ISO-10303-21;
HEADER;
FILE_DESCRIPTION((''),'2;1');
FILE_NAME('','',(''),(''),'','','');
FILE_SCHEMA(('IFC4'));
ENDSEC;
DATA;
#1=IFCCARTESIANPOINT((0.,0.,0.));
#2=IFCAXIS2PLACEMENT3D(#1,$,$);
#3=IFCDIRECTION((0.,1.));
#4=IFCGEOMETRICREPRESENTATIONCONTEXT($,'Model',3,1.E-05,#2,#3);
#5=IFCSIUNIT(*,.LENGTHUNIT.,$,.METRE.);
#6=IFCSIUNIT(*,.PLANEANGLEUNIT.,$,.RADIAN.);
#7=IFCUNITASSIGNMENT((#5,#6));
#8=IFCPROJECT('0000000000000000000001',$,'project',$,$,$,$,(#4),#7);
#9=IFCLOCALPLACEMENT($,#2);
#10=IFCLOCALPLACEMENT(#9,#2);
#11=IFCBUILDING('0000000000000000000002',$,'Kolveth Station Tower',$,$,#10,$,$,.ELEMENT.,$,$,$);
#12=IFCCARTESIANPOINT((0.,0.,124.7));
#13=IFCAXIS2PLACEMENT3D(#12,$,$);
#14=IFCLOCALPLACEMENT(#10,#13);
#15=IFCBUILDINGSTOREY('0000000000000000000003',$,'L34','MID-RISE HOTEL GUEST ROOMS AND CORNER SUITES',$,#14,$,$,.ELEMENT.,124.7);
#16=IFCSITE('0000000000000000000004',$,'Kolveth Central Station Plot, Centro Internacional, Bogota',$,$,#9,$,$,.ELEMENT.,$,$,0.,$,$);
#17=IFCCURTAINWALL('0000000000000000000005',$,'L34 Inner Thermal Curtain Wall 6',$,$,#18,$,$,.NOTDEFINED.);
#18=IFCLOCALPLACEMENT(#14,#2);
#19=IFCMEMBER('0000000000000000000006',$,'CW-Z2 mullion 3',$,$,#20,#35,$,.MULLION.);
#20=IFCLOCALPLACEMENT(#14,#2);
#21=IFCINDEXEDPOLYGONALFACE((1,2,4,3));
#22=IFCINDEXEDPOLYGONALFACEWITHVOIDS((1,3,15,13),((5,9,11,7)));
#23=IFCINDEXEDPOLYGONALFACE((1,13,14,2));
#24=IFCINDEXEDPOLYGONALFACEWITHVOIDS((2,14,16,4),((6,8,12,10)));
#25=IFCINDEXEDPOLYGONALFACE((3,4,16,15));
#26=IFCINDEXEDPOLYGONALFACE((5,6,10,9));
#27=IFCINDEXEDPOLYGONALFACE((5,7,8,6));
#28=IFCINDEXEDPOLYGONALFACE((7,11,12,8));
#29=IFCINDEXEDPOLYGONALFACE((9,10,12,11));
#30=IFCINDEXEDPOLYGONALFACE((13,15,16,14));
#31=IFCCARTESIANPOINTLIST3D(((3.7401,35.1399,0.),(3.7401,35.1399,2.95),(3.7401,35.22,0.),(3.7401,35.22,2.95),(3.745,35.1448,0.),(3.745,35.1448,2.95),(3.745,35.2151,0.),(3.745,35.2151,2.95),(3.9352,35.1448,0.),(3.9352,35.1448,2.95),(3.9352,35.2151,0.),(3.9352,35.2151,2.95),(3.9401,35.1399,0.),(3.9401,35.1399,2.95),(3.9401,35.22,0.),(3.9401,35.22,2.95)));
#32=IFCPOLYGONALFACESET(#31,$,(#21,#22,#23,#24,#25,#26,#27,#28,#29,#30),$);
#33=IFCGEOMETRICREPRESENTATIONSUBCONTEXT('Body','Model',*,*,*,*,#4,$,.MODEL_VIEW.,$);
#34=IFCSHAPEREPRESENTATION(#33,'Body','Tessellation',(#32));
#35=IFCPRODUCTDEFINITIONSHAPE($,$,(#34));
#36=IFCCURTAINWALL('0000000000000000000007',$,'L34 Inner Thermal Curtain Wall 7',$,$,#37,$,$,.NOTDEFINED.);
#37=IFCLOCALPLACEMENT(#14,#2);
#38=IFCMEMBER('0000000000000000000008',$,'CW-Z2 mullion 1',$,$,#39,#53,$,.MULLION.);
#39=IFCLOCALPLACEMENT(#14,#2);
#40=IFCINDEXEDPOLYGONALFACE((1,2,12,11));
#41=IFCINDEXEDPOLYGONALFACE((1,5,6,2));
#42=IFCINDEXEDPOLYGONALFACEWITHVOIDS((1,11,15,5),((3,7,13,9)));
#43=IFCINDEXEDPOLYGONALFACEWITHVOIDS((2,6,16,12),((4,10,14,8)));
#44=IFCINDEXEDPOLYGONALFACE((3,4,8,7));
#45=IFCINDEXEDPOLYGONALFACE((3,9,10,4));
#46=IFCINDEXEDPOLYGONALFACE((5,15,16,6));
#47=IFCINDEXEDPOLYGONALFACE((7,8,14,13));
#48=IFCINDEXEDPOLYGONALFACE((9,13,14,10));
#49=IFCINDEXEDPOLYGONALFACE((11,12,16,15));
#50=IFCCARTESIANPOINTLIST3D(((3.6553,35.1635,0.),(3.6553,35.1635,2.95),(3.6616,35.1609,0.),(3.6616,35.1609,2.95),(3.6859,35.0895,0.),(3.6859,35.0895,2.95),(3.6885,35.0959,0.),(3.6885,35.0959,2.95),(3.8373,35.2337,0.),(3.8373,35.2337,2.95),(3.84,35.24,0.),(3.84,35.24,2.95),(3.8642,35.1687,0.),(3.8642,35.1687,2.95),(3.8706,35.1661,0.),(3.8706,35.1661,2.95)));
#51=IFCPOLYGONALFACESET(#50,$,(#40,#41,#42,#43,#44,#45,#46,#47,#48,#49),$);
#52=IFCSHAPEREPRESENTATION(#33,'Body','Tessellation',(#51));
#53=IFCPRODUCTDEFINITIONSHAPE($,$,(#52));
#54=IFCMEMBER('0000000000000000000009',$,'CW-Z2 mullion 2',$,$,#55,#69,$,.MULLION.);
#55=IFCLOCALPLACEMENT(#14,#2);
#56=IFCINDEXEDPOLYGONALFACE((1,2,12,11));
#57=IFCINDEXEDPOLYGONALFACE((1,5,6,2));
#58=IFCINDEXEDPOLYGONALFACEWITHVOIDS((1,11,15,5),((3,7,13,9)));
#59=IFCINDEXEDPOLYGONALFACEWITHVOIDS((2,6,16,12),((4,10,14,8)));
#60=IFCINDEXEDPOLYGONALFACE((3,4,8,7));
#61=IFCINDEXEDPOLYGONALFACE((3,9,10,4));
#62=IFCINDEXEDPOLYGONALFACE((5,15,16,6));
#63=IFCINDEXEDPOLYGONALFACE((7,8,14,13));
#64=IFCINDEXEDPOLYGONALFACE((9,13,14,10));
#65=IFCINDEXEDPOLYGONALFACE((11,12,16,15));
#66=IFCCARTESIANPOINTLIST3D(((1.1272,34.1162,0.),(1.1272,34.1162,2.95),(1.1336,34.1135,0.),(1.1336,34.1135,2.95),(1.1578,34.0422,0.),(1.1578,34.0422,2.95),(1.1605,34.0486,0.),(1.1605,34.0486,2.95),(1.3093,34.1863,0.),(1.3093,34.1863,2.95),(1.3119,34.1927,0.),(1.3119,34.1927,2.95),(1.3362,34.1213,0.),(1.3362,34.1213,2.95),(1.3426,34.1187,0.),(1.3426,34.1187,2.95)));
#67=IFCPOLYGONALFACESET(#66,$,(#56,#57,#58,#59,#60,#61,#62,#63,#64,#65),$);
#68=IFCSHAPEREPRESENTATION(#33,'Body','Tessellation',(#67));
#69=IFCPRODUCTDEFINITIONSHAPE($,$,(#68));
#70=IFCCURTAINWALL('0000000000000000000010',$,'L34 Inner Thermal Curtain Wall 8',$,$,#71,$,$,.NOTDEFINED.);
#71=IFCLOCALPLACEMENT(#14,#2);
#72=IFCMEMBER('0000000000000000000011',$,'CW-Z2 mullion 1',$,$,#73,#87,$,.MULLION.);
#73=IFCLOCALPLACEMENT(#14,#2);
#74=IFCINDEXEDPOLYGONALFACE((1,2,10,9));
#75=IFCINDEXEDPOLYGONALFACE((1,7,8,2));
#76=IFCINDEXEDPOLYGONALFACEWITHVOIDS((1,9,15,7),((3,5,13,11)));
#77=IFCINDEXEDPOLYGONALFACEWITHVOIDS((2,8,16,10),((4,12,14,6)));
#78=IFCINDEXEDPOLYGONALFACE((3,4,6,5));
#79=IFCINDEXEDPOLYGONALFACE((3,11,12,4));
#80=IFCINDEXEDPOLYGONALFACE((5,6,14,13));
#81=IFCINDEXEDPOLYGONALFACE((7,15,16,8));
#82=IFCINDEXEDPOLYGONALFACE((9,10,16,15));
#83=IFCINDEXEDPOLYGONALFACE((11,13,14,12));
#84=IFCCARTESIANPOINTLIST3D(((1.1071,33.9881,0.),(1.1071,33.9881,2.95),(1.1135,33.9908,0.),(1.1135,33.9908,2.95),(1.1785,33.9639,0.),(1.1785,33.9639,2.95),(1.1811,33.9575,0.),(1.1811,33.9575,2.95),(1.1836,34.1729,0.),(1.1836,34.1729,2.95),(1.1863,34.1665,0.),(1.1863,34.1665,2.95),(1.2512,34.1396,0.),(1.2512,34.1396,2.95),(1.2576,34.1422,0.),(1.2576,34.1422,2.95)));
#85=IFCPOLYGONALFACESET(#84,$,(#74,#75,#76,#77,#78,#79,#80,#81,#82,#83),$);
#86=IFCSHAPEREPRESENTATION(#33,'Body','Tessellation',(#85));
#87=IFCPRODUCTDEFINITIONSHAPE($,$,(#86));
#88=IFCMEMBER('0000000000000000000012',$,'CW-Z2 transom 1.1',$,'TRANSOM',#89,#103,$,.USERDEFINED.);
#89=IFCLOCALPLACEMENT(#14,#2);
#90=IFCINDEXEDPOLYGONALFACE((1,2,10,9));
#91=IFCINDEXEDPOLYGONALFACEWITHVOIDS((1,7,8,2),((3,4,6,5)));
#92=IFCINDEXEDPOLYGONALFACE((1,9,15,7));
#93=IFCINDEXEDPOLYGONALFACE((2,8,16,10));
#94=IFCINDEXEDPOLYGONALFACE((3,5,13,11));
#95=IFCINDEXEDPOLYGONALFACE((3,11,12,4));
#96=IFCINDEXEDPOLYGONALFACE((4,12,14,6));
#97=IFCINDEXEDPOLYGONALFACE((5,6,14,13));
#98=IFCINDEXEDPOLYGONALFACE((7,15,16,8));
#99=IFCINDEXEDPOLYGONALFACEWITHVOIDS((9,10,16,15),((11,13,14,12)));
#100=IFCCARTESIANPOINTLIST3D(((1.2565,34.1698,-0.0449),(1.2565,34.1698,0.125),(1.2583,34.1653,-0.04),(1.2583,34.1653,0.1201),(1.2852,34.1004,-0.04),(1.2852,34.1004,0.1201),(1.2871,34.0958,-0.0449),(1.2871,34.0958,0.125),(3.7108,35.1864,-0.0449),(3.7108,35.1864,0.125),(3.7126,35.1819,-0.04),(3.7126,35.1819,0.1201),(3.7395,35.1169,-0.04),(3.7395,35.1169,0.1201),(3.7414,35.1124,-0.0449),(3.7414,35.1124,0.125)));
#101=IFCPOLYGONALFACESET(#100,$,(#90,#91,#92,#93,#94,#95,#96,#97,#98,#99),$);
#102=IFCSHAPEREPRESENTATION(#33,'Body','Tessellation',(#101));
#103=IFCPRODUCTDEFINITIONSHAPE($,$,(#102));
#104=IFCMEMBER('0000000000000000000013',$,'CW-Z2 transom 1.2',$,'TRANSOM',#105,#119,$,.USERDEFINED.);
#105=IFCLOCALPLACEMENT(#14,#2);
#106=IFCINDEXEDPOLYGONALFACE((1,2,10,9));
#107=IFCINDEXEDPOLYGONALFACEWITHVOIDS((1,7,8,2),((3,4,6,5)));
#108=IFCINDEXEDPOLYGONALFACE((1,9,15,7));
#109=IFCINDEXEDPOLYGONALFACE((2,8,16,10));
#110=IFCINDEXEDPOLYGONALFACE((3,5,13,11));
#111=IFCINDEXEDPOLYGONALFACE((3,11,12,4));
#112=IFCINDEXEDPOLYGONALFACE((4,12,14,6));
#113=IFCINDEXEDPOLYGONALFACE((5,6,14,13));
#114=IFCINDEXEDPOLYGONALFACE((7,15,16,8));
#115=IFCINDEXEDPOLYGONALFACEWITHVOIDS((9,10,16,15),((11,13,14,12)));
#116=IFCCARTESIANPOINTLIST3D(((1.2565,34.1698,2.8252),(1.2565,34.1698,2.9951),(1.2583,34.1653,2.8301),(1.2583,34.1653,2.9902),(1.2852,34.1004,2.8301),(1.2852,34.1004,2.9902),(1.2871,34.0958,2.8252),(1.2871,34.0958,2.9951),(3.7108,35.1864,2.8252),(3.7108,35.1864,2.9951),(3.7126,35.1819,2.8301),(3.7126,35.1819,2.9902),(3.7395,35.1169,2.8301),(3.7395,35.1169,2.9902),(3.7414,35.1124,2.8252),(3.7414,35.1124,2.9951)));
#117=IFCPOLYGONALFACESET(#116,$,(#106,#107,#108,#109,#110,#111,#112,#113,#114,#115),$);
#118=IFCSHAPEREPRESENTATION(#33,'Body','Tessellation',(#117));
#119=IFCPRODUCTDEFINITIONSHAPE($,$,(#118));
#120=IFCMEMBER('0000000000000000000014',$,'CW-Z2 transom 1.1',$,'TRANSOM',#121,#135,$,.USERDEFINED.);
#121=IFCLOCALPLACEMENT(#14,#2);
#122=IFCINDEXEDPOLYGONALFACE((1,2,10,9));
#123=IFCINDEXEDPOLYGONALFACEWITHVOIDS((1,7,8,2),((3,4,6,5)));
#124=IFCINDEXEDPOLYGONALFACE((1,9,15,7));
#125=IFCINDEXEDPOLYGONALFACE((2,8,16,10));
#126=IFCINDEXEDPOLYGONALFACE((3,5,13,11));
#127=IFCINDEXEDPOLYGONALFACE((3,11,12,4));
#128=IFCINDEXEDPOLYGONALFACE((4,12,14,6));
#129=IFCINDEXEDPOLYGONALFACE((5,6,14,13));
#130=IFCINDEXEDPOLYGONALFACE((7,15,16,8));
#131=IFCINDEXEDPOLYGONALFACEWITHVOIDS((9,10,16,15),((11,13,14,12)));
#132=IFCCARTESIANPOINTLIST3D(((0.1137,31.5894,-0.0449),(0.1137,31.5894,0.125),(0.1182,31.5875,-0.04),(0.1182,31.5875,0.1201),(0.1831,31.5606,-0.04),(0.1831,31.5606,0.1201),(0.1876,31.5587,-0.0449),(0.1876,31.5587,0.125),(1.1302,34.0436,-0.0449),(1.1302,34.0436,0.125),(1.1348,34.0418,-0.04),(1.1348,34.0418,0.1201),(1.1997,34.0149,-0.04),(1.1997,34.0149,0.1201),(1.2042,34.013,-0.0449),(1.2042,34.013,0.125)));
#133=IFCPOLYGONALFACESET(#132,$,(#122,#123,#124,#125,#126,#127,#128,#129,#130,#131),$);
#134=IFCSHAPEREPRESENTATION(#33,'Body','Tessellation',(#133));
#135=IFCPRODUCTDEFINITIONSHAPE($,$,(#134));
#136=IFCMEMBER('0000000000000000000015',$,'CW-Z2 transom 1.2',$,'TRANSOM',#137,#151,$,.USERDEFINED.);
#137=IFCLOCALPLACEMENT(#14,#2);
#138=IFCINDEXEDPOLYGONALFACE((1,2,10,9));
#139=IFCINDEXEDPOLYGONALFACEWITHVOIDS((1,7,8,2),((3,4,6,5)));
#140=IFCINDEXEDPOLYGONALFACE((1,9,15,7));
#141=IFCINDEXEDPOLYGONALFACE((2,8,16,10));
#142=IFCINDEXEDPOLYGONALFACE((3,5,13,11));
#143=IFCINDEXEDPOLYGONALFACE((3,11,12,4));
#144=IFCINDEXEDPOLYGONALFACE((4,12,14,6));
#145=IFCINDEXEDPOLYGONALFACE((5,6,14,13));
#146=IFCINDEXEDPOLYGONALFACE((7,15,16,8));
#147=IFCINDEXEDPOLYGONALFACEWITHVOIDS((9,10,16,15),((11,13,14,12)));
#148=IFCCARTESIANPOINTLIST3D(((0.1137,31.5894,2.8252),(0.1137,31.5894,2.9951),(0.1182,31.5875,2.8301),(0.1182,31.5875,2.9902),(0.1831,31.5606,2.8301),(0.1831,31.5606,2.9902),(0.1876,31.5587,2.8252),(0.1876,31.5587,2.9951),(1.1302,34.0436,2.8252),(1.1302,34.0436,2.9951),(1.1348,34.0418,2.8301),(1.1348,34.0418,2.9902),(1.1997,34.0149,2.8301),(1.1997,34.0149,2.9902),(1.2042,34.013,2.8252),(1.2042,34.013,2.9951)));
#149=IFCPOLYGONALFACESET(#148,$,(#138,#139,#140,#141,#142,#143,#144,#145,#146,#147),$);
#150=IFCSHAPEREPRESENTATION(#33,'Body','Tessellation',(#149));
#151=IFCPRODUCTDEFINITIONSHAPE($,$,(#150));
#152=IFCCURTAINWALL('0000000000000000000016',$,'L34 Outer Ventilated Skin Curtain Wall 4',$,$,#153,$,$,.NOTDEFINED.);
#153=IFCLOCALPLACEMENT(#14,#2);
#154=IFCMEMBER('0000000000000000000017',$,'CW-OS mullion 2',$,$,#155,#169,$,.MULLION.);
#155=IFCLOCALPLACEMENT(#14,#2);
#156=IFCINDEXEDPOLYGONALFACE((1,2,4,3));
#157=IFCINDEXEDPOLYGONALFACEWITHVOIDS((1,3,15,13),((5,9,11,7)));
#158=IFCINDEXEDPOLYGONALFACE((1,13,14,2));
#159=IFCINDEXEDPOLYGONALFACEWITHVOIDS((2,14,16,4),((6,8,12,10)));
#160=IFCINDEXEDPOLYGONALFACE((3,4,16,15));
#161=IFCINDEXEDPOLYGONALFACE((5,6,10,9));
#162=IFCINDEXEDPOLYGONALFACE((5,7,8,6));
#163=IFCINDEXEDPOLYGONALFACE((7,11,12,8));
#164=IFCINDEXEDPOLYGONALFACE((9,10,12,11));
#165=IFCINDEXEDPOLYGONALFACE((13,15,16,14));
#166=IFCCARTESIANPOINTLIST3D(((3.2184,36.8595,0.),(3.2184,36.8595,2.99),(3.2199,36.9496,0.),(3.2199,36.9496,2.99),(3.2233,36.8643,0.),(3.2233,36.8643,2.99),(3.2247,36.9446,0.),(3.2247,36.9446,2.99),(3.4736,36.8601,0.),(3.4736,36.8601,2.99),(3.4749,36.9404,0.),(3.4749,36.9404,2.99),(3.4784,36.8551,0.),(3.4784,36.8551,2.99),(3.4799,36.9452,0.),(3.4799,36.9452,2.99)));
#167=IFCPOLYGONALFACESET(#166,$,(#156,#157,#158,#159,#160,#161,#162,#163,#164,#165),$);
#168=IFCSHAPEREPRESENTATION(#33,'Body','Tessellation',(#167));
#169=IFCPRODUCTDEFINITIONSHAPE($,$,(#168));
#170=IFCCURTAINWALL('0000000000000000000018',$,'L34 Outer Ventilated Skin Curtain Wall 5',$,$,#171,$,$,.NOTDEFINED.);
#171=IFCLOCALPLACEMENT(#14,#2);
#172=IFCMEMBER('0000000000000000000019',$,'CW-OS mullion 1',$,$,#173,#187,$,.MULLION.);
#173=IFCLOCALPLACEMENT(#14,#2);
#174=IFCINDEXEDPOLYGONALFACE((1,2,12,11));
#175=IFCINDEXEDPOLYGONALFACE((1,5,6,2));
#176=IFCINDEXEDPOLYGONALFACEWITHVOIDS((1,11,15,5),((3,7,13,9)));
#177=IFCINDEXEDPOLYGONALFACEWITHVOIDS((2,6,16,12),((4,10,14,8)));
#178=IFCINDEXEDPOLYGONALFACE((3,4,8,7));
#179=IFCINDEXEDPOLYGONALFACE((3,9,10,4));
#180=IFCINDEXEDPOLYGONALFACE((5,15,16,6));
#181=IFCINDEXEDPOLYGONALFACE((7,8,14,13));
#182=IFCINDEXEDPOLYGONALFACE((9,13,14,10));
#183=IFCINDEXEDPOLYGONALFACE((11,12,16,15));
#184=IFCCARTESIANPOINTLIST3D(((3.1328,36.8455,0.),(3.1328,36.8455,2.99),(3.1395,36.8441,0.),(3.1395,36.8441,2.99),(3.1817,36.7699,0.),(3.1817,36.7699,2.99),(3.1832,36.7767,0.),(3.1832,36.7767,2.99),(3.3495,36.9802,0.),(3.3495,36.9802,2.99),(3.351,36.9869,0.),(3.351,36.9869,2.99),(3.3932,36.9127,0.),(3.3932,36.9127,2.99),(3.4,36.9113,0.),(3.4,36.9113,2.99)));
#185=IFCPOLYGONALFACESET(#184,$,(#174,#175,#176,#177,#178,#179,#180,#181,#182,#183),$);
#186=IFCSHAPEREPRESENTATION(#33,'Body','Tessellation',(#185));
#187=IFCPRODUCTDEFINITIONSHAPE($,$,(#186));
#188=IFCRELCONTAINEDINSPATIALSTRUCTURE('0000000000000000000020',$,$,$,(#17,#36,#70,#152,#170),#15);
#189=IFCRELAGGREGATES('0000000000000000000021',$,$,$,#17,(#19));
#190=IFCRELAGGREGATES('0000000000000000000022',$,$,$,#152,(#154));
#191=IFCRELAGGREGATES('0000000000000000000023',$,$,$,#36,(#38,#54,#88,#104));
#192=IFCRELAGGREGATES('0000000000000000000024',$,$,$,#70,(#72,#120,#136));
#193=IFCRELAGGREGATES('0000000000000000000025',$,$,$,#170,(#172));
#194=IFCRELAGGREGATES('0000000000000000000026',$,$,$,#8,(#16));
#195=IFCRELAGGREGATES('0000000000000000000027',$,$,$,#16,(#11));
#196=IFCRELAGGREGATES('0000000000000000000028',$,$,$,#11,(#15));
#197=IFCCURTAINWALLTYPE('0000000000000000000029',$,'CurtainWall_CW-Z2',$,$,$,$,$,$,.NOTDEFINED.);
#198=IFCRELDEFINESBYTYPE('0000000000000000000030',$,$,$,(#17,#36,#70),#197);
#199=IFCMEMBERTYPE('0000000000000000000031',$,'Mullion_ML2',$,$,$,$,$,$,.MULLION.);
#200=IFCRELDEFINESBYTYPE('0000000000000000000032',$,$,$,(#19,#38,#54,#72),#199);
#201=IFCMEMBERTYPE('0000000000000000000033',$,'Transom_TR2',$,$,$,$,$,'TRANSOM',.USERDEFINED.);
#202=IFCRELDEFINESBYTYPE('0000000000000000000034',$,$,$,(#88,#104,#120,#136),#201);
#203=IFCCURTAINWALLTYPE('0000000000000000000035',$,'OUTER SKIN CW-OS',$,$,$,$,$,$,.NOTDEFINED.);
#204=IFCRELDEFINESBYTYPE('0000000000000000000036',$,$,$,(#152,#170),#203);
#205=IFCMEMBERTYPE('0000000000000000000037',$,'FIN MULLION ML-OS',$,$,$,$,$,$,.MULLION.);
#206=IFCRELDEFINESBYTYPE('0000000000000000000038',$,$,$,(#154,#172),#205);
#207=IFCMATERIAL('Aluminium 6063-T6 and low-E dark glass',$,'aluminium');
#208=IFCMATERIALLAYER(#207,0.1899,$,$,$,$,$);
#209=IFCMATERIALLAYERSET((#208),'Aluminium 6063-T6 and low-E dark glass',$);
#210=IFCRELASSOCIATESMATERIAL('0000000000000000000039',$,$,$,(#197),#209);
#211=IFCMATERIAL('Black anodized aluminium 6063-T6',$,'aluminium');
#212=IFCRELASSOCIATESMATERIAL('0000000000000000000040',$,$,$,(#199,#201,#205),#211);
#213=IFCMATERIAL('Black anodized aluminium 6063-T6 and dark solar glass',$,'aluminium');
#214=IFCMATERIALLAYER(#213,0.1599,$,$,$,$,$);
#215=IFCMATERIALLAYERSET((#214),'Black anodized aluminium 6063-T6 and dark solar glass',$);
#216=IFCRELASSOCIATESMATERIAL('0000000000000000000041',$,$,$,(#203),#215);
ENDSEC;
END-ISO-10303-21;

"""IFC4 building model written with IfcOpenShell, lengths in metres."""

from ifc_helpers import new_model, si_unit, direction, frame, origin, origin_2d, place, context, subcontext, project, spatial, hollow_rectangle, extrude, source, transform, mapped, material, layer, layer_set, material_profile, profile_set, type_object, element, aggregate, save


model = new_model("IFC4")

# Units and contexts
model_context = context("Model", 3, precision=1e-05, world=origin(), true_north=direction((0.0, 1.0)))
body_context = subcontext(model_context, "Body", "Model", "MODEL_VIEW")
ifc_project = project(units=[si_unit("LENGTHUNIT", "METRE"), si_unit("PLANEANGLEUNIT", "RADIAN")], contexts=[model_context])

# Site, building, storey
site_placement = place(None, origin())
site = spatial("IfcSite", under=ifc_project, at=site_placement, Name="Kolveth Central Station Plot, Centro Internacional, Bogota", CompositionType="ELEMENT", RefElevation=0.0)
building_placement = place(site_placement, origin())
building = spatial("IfcBuilding", under=site, at=building_placement, Name="Kolveth Station Tower", CompositionType="ELEMENT")
storey_placement = place(building_placement, frame((0.0, 0.0, 124.7)))
storey = spatial("IfcBuildingStorey", under=building, at=storey_placement, Name="L34", Description="MID-RISE HOTEL GUEST ROOMS AND CORNER SUITES", CompositionType="ELEMENT", Elevation=124.7)

# Curtain wall, member
ifc_material_1 = material(Name="Aluminium 6063-T6 and low-E dark glass", Category="aluminium")
ifc_layer_1 = layer(ifc_material_1, 0.1899)
ifc_layer_set_1 = layer_set([ifc_layer_1], Name="Aluminium 6063-T6 and low-E dark glass")
curtain_wall_type_1 = type_object("IfcCurtainWallType", Name="CurtainWall_CW-Z2", PredefinedType="NOTDEFINED", material=ifc_layer_set_1)
curtain_wall_1_placement = place(storey_placement, origin())
curtain_wall_1 = element("IfcCurtainWall", 1, at=curtain_wall_1_placement, inside=storey, type_object=curtain_wall_type_1, Name="L34 Inner Thermal Curtain Wall 6", PredefinedType="NOTDEFINED")
ifc_material_2 = material(Name="Black anodized aluminium 6063-T6", Category="aluminium")
ifc_material_profile_1 = material_profile(ifc_material_2, hollow_rectangle(XDim=0.0801, YDim=0.2, WallThickness=0.0049, at=origin_2d()), Name="ALU-80x200x5")
ifc_profile_set_1 = profile_set([ifc_material_profile_1], Name="Black anodized aluminium 6063-T6")
member_type_1 = type_object("IfcMemberType", Name="Mullion_ML2", PredefinedType="MULLION", material=ifc_profile_set_1)
shared_shape_1 = source(origin(), body_context, "Body", "SweptSolid", [
    extrude(hollow_rectangle(XDim=0.0801, YDim=0.2, WallThickness=0.0049, at=origin_2d()), origin(), (0.0, 0.0, 1.0), 2.95),
])
member_1_placement = place(storey_placement, frame((3.8401, 35.1799, 0.0), z_axis=(0.0, 0.0, 1.0), x_axis=(0.0, -1.0, 0.0)))
member_1 = element("IfcMember", 2, at=member_1_placement, type_object=member_type_1, Name="CW-Z2 mullion 3", PredefinedType="MULLION", context=body_context, shape_type="MappedRepresentation", body=[
    mapped(shared_shape_1, transform((0.0, 0.0, 0.0), x_axis=(1.0, 0.0, 0.0), y_axis=(0.0, 1.0, 0.0), z_axis=(0.0, 0.0, 1.0), scale=1.0)),
])
aggregate(curtain_wall_1, [member_1])

# Curtain wall, members
curtain_wall_2_placement = place(storey_placement, origin())
curtain_wall_2 = element("IfcCurtainWall", 3, at=curtain_wall_2_placement, inside=storey, type_object=curtain_wall_type_1, Name="L34 Inner Thermal Curtain Wall 7", PredefinedType="NOTDEFINED")
member_2_placement = place(storey_placement, frame((3.7629, 35.1648, 0.0), z_axis=(0.0, 0.0, 1.0), x_axis=(0.382663, -0.923888, 0.0)))
member_2 = element("IfcMember", 4, at=member_2_placement, type_object=member_type_1, Name="CW-Z2 mullion 1", PredefinedType="MULLION", context=body_context, shape_type="MappedRepresentation", body=[
    mapped(shared_shape_1, transform((0.0, 0.0, 0.0), x_axis=(1.0, 0.0, 0.0), y_axis=(0.0, 1.0, 0.0), z_axis=(0.0, 0.0, 1.0), scale=1.0)),
])
member_3_placement = place(storey_placement, frame((1.2349, 34.1174, 0.0), z_axis=(0.0, 0.0, 1.0), x_axis=(0.382663, -0.923888, 0.0)))
member_3 = element("IfcMember", 5, at=member_3_placement, type_object=member_type_1, Name="CW-Z2 mullion 2", PredefinedType="MULLION", context=body_context, shape_type="MappedRepresentation", body=[
    mapped(shared_shape_1, transform((0.0, 0.0, 0.0), x_axis=(1.0, 0.0, 0.0), y_axis=(0.0, 1.0, 0.0), z_axis=(0.0, 0.0, 1.0), scale=1.0)),
])

# Curtain wall, member
curtain_wall_3_placement = place(storey_placement, origin())
curtain_wall_3 = element("IfcCurtainWall", 6, at=curtain_wall_3_placement, inside=storey, type_object=curtain_wall_type_1, Name="L34 Inner Thermal Curtain Wall 8", PredefinedType="NOTDEFINED")
member_4_placement = place(storey_placement, frame((1.1824, 34.0652, 0.0), z_axis=(0.0, 0.0, 1.0), x_axis=(0.923888, -0.382663, 0.0)))
member_4 = element("IfcMember", 7, at=member_4_placement, type_object=member_type_1, Name="CW-Z2 mullion 1", PredefinedType="MULLION", context=body_context, shape_type="MappedRepresentation", body=[
    mapped(shared_shape_1, transform((0.0, 0.0, 0.0), x_axis=(1.0, 0.0, 0.0), y_axis=(0.0, 1.0, 0.0), z_axis=(0.0, 0.0, 1.0), scale=1.0)),
])

# Members
ifc_material_profile_2 = material_profile(ifc_material_2, hollow_rectangle(XDim=0.0801, YDim=0.1699, WallThickness=0.0049, at=origin_2d()), Name="ALU-80x170x5")
ifc_profile_set_2 = profile_set([ifc_material_profile_2], Name="Black anodized aluminium 6063-T6")
member_type_2 = type_object("IfcMemberType", Name="Transom_TR2", ElementType="TRANSOM", PredefinedType="USERDEFINED", material=ifc_profile_set_2)
shared_shape_2 = source(origin(), body_context, "Body", "SweptSolid", [
    extrude(hollow_rectangle(XDim=0.0801, YDim=0.1699, WallThickness=0.0049, at=origin_2d()), origin(), (0.0, 0.0, 1.0), 2.6565),
])
member_5_placement = place(storey_placement, frame((3.7261, 35.1494, 0.04), z_axis=(-0.923882, -0.382676, 0.0), x_axis=(0.382676, -0.923882, 0.0)))
member_5 = element("IfcMember", 8, at=member_5_placement, type_object=member_type_2, Name="CW-Z2 transom 1.1", ObjectType="TRANSOM", PredefinedType="USERDEFINED", context=body_context, shape_type="MappedRepresentation", body=[
    mapped(shared_shape_2, transform((0.0, 0.0, 0.0), x_axis=(1.0, 0.0, 0.0), y_axis=(0.0, 1.0, 0.0), z_axis=(0.0, 0.0, 1.0), scale=1.0)),
])
member_6_placement = place(storey_placement, frame((3.7261, 35.1494, 2.9102), z_axis=(-0.923882, -0.382676, 0.0), x_axis=(0.382676, -0.923882, 0.0)))
member_6 = element("IfcMember", 9, at=member_6_placement, type_object=member_type_2, Name="CW-Z2 transom 1.2", ObjectType="TRANSOM", PredefinedType="USERDEFINED", context=body_context, shape_type="MappedRepresentation", body=[
    mapped(shared_shape_2, transform((0.0, 0.0, 0.0), x_axis=(1.0, 0.0, 0.0), y_axis=(0.0, 1.0, 0.0), z_axis=(0.0, 0.0, 1.0), scale=1.0)),
])
member_7_placement = place(storey_placement, frame((1.1672, 34.0283, 0.04), z_axis=(-0.382676, -0.923882, 0.0), x_axis=(0.923882, -0.382676, 0.0)))
member_7 = element("IfcMember", 10, at=member_7_placement, type_object=member_type_2, Name="CW-Z2 transom 1.1", ObjectType="TRANSOM", PredefinedType="USERDEFINED", context=body_context, shape_type="MappedRepresentation", body=[
    mapped(shared_shape_2, transform((0.0, 0.0, 0.0), x_axis=(1.0, 0.0, 0.0), y_axis=(0.0, 1.0, 0.0), z_axis=(0.0, 0.0, 1.0), scale=1.0)),
])
member_8_placement = place(storey_placement, frame((1.1672, 34.0283, 2.9102), z_axis=(-0.382676, -0.923882, 0.0), x_axis=(0.923882, -0.382676, 0.0)))
member_8 = element("IfcMember", 11, at=member_8_placement, type_object=member_type_2, Name="CW-Z2 transom 1.2", ObjectType="TRANSOM", PredefinedType="USERDEFINED", context=body_context, shape_type="MappedRepresentation", body=[
    mapped(shared_shape_2, transform((0.0, 0.0, 0.0), x_axis=(1.0, 0.0, 0.0), y_axis=(0.0, 1.0, 0.0), z_axis=(0.0, 0.0, 1.0), scale=1.0)),
])

# Curtain wall, member
ifc_material_3 = material(Name="Black anodized aluminium 6063-T6 and dark solar glass", Category="aluminium")
ifc_layer_2 = layer(ifc_material_3, 0.1599)
ifc_layer_set_2 = layer_set([ifc_layer_2], Name="Black anodized aluminium 6063-T6 and dark solar glass")
curtain_wall_type_2 = type_object("IfcCurtainWallType", Name="OUTER SKIN CW-OS", PredefinedType="NOTDEFINED", material=ifc_layer_set_2)
curtain_wall_4_placement = place(storey_placement, origin())
curtain_wall_4 = element("IfcCurtainWall", 12, at=curtain_wall_4_placement, inside=storey, type_object=curtain_wall_type_2, Name="L34 Outer Ventilated Skin Curtain Wall 4", PredefinedType="NOTDEFINED")
ifc_material_profile_3 = material_profile(ifc_material_2, hollow_rectangle(XDim=0.0901, YDim=0.26, WallThickness=0.0049, at=origin_2d()), Name="ALU-90x260x5")
ifc_profile_set_3 = profile_set([ifc_material_profile_3], Name="Black anodized aluminium 6063-T6")
member_type_3 = type_object("IfcMemberType", Name="FIN MULLION ML-OS", PredefinedType="MULLION", material=ifc_profile_set_3)
shared_shape_3 = source(origin(), body_context, "Body", "SweptSolid", [
    extrude(hollow_rectangle(XDim=0.0901, YDim=0.26, WallThickness=0.0049, at=origin_2d()), origin(), (0.0, 0.0, 1.0), 2.99),
])
member_9_placement = place(storey_placement, frame((3.3491, 36.9023, 0.0), z_axis=(0.0, 0.0, 1.0), x_axis=(-0.016716, -0.99986, 0.0)))
member_9 = element("IfcMember", 13, at=member_9_placement, type_object=member_type_3, Name="CW-OS mullion 2", PredefinedType="MULLION", context=body_context, shape_type="MappedRepresentation", body=[
    mapped(shared_shape_3, transform((0.0, 0.0, 0.0), x_axis=(1.0, 0.0, 0.0), y_axis=(0.0, 1.0, 0.0), z_axis=(0.0, 0.0, 1.0), scale=1.0)),
])
aggregate(curtain_wall_4, [member_9])

# Curtain wall, member
curtain_wall_5_placement = place(storey_placement, origin())
curtain_wall_5 = element("IfcCurtainWall", 14, at=curtain_wall_5_placement, inside=storey, type_object=curtain_wall_type_2, Name="L34 Outer Ventilated Skin Curtain Wall 5", PredefinedType="NOTDEFINED")
member_10_placement = place(storey_placement, frame((3.2664, 36.8784, 0.0), z_axis=(0.0, 0.0, 1.0), x_axis=(0.543742, -0.839253, 0.0)))
member_10 = element("IfcMember", 15, at=member_10_placement, type_object=member_type_3, Name="CW-OS mullion 1", PredefinedType="MULLION", context=body_context, shape_type="MappedRepresentation", body=[
    mapped(shared_shape_3, transform((0.0, 0.0, 0.0), x_axis=(1.0, 0.0, 0.0), y_axis=(0.0, 1.0, 0.0), z_axis=(0.0, 0.0, 1.0), scale=1.0)),
])

aggregate(curtain_wall_2, [member_2, member_3, member_5, member_6])
aggregate(curtain_wall_3, [member_4, member_7, member_8])
aggregate(curtain_wall_5, [member_10])

save(model, "model.ifc")
